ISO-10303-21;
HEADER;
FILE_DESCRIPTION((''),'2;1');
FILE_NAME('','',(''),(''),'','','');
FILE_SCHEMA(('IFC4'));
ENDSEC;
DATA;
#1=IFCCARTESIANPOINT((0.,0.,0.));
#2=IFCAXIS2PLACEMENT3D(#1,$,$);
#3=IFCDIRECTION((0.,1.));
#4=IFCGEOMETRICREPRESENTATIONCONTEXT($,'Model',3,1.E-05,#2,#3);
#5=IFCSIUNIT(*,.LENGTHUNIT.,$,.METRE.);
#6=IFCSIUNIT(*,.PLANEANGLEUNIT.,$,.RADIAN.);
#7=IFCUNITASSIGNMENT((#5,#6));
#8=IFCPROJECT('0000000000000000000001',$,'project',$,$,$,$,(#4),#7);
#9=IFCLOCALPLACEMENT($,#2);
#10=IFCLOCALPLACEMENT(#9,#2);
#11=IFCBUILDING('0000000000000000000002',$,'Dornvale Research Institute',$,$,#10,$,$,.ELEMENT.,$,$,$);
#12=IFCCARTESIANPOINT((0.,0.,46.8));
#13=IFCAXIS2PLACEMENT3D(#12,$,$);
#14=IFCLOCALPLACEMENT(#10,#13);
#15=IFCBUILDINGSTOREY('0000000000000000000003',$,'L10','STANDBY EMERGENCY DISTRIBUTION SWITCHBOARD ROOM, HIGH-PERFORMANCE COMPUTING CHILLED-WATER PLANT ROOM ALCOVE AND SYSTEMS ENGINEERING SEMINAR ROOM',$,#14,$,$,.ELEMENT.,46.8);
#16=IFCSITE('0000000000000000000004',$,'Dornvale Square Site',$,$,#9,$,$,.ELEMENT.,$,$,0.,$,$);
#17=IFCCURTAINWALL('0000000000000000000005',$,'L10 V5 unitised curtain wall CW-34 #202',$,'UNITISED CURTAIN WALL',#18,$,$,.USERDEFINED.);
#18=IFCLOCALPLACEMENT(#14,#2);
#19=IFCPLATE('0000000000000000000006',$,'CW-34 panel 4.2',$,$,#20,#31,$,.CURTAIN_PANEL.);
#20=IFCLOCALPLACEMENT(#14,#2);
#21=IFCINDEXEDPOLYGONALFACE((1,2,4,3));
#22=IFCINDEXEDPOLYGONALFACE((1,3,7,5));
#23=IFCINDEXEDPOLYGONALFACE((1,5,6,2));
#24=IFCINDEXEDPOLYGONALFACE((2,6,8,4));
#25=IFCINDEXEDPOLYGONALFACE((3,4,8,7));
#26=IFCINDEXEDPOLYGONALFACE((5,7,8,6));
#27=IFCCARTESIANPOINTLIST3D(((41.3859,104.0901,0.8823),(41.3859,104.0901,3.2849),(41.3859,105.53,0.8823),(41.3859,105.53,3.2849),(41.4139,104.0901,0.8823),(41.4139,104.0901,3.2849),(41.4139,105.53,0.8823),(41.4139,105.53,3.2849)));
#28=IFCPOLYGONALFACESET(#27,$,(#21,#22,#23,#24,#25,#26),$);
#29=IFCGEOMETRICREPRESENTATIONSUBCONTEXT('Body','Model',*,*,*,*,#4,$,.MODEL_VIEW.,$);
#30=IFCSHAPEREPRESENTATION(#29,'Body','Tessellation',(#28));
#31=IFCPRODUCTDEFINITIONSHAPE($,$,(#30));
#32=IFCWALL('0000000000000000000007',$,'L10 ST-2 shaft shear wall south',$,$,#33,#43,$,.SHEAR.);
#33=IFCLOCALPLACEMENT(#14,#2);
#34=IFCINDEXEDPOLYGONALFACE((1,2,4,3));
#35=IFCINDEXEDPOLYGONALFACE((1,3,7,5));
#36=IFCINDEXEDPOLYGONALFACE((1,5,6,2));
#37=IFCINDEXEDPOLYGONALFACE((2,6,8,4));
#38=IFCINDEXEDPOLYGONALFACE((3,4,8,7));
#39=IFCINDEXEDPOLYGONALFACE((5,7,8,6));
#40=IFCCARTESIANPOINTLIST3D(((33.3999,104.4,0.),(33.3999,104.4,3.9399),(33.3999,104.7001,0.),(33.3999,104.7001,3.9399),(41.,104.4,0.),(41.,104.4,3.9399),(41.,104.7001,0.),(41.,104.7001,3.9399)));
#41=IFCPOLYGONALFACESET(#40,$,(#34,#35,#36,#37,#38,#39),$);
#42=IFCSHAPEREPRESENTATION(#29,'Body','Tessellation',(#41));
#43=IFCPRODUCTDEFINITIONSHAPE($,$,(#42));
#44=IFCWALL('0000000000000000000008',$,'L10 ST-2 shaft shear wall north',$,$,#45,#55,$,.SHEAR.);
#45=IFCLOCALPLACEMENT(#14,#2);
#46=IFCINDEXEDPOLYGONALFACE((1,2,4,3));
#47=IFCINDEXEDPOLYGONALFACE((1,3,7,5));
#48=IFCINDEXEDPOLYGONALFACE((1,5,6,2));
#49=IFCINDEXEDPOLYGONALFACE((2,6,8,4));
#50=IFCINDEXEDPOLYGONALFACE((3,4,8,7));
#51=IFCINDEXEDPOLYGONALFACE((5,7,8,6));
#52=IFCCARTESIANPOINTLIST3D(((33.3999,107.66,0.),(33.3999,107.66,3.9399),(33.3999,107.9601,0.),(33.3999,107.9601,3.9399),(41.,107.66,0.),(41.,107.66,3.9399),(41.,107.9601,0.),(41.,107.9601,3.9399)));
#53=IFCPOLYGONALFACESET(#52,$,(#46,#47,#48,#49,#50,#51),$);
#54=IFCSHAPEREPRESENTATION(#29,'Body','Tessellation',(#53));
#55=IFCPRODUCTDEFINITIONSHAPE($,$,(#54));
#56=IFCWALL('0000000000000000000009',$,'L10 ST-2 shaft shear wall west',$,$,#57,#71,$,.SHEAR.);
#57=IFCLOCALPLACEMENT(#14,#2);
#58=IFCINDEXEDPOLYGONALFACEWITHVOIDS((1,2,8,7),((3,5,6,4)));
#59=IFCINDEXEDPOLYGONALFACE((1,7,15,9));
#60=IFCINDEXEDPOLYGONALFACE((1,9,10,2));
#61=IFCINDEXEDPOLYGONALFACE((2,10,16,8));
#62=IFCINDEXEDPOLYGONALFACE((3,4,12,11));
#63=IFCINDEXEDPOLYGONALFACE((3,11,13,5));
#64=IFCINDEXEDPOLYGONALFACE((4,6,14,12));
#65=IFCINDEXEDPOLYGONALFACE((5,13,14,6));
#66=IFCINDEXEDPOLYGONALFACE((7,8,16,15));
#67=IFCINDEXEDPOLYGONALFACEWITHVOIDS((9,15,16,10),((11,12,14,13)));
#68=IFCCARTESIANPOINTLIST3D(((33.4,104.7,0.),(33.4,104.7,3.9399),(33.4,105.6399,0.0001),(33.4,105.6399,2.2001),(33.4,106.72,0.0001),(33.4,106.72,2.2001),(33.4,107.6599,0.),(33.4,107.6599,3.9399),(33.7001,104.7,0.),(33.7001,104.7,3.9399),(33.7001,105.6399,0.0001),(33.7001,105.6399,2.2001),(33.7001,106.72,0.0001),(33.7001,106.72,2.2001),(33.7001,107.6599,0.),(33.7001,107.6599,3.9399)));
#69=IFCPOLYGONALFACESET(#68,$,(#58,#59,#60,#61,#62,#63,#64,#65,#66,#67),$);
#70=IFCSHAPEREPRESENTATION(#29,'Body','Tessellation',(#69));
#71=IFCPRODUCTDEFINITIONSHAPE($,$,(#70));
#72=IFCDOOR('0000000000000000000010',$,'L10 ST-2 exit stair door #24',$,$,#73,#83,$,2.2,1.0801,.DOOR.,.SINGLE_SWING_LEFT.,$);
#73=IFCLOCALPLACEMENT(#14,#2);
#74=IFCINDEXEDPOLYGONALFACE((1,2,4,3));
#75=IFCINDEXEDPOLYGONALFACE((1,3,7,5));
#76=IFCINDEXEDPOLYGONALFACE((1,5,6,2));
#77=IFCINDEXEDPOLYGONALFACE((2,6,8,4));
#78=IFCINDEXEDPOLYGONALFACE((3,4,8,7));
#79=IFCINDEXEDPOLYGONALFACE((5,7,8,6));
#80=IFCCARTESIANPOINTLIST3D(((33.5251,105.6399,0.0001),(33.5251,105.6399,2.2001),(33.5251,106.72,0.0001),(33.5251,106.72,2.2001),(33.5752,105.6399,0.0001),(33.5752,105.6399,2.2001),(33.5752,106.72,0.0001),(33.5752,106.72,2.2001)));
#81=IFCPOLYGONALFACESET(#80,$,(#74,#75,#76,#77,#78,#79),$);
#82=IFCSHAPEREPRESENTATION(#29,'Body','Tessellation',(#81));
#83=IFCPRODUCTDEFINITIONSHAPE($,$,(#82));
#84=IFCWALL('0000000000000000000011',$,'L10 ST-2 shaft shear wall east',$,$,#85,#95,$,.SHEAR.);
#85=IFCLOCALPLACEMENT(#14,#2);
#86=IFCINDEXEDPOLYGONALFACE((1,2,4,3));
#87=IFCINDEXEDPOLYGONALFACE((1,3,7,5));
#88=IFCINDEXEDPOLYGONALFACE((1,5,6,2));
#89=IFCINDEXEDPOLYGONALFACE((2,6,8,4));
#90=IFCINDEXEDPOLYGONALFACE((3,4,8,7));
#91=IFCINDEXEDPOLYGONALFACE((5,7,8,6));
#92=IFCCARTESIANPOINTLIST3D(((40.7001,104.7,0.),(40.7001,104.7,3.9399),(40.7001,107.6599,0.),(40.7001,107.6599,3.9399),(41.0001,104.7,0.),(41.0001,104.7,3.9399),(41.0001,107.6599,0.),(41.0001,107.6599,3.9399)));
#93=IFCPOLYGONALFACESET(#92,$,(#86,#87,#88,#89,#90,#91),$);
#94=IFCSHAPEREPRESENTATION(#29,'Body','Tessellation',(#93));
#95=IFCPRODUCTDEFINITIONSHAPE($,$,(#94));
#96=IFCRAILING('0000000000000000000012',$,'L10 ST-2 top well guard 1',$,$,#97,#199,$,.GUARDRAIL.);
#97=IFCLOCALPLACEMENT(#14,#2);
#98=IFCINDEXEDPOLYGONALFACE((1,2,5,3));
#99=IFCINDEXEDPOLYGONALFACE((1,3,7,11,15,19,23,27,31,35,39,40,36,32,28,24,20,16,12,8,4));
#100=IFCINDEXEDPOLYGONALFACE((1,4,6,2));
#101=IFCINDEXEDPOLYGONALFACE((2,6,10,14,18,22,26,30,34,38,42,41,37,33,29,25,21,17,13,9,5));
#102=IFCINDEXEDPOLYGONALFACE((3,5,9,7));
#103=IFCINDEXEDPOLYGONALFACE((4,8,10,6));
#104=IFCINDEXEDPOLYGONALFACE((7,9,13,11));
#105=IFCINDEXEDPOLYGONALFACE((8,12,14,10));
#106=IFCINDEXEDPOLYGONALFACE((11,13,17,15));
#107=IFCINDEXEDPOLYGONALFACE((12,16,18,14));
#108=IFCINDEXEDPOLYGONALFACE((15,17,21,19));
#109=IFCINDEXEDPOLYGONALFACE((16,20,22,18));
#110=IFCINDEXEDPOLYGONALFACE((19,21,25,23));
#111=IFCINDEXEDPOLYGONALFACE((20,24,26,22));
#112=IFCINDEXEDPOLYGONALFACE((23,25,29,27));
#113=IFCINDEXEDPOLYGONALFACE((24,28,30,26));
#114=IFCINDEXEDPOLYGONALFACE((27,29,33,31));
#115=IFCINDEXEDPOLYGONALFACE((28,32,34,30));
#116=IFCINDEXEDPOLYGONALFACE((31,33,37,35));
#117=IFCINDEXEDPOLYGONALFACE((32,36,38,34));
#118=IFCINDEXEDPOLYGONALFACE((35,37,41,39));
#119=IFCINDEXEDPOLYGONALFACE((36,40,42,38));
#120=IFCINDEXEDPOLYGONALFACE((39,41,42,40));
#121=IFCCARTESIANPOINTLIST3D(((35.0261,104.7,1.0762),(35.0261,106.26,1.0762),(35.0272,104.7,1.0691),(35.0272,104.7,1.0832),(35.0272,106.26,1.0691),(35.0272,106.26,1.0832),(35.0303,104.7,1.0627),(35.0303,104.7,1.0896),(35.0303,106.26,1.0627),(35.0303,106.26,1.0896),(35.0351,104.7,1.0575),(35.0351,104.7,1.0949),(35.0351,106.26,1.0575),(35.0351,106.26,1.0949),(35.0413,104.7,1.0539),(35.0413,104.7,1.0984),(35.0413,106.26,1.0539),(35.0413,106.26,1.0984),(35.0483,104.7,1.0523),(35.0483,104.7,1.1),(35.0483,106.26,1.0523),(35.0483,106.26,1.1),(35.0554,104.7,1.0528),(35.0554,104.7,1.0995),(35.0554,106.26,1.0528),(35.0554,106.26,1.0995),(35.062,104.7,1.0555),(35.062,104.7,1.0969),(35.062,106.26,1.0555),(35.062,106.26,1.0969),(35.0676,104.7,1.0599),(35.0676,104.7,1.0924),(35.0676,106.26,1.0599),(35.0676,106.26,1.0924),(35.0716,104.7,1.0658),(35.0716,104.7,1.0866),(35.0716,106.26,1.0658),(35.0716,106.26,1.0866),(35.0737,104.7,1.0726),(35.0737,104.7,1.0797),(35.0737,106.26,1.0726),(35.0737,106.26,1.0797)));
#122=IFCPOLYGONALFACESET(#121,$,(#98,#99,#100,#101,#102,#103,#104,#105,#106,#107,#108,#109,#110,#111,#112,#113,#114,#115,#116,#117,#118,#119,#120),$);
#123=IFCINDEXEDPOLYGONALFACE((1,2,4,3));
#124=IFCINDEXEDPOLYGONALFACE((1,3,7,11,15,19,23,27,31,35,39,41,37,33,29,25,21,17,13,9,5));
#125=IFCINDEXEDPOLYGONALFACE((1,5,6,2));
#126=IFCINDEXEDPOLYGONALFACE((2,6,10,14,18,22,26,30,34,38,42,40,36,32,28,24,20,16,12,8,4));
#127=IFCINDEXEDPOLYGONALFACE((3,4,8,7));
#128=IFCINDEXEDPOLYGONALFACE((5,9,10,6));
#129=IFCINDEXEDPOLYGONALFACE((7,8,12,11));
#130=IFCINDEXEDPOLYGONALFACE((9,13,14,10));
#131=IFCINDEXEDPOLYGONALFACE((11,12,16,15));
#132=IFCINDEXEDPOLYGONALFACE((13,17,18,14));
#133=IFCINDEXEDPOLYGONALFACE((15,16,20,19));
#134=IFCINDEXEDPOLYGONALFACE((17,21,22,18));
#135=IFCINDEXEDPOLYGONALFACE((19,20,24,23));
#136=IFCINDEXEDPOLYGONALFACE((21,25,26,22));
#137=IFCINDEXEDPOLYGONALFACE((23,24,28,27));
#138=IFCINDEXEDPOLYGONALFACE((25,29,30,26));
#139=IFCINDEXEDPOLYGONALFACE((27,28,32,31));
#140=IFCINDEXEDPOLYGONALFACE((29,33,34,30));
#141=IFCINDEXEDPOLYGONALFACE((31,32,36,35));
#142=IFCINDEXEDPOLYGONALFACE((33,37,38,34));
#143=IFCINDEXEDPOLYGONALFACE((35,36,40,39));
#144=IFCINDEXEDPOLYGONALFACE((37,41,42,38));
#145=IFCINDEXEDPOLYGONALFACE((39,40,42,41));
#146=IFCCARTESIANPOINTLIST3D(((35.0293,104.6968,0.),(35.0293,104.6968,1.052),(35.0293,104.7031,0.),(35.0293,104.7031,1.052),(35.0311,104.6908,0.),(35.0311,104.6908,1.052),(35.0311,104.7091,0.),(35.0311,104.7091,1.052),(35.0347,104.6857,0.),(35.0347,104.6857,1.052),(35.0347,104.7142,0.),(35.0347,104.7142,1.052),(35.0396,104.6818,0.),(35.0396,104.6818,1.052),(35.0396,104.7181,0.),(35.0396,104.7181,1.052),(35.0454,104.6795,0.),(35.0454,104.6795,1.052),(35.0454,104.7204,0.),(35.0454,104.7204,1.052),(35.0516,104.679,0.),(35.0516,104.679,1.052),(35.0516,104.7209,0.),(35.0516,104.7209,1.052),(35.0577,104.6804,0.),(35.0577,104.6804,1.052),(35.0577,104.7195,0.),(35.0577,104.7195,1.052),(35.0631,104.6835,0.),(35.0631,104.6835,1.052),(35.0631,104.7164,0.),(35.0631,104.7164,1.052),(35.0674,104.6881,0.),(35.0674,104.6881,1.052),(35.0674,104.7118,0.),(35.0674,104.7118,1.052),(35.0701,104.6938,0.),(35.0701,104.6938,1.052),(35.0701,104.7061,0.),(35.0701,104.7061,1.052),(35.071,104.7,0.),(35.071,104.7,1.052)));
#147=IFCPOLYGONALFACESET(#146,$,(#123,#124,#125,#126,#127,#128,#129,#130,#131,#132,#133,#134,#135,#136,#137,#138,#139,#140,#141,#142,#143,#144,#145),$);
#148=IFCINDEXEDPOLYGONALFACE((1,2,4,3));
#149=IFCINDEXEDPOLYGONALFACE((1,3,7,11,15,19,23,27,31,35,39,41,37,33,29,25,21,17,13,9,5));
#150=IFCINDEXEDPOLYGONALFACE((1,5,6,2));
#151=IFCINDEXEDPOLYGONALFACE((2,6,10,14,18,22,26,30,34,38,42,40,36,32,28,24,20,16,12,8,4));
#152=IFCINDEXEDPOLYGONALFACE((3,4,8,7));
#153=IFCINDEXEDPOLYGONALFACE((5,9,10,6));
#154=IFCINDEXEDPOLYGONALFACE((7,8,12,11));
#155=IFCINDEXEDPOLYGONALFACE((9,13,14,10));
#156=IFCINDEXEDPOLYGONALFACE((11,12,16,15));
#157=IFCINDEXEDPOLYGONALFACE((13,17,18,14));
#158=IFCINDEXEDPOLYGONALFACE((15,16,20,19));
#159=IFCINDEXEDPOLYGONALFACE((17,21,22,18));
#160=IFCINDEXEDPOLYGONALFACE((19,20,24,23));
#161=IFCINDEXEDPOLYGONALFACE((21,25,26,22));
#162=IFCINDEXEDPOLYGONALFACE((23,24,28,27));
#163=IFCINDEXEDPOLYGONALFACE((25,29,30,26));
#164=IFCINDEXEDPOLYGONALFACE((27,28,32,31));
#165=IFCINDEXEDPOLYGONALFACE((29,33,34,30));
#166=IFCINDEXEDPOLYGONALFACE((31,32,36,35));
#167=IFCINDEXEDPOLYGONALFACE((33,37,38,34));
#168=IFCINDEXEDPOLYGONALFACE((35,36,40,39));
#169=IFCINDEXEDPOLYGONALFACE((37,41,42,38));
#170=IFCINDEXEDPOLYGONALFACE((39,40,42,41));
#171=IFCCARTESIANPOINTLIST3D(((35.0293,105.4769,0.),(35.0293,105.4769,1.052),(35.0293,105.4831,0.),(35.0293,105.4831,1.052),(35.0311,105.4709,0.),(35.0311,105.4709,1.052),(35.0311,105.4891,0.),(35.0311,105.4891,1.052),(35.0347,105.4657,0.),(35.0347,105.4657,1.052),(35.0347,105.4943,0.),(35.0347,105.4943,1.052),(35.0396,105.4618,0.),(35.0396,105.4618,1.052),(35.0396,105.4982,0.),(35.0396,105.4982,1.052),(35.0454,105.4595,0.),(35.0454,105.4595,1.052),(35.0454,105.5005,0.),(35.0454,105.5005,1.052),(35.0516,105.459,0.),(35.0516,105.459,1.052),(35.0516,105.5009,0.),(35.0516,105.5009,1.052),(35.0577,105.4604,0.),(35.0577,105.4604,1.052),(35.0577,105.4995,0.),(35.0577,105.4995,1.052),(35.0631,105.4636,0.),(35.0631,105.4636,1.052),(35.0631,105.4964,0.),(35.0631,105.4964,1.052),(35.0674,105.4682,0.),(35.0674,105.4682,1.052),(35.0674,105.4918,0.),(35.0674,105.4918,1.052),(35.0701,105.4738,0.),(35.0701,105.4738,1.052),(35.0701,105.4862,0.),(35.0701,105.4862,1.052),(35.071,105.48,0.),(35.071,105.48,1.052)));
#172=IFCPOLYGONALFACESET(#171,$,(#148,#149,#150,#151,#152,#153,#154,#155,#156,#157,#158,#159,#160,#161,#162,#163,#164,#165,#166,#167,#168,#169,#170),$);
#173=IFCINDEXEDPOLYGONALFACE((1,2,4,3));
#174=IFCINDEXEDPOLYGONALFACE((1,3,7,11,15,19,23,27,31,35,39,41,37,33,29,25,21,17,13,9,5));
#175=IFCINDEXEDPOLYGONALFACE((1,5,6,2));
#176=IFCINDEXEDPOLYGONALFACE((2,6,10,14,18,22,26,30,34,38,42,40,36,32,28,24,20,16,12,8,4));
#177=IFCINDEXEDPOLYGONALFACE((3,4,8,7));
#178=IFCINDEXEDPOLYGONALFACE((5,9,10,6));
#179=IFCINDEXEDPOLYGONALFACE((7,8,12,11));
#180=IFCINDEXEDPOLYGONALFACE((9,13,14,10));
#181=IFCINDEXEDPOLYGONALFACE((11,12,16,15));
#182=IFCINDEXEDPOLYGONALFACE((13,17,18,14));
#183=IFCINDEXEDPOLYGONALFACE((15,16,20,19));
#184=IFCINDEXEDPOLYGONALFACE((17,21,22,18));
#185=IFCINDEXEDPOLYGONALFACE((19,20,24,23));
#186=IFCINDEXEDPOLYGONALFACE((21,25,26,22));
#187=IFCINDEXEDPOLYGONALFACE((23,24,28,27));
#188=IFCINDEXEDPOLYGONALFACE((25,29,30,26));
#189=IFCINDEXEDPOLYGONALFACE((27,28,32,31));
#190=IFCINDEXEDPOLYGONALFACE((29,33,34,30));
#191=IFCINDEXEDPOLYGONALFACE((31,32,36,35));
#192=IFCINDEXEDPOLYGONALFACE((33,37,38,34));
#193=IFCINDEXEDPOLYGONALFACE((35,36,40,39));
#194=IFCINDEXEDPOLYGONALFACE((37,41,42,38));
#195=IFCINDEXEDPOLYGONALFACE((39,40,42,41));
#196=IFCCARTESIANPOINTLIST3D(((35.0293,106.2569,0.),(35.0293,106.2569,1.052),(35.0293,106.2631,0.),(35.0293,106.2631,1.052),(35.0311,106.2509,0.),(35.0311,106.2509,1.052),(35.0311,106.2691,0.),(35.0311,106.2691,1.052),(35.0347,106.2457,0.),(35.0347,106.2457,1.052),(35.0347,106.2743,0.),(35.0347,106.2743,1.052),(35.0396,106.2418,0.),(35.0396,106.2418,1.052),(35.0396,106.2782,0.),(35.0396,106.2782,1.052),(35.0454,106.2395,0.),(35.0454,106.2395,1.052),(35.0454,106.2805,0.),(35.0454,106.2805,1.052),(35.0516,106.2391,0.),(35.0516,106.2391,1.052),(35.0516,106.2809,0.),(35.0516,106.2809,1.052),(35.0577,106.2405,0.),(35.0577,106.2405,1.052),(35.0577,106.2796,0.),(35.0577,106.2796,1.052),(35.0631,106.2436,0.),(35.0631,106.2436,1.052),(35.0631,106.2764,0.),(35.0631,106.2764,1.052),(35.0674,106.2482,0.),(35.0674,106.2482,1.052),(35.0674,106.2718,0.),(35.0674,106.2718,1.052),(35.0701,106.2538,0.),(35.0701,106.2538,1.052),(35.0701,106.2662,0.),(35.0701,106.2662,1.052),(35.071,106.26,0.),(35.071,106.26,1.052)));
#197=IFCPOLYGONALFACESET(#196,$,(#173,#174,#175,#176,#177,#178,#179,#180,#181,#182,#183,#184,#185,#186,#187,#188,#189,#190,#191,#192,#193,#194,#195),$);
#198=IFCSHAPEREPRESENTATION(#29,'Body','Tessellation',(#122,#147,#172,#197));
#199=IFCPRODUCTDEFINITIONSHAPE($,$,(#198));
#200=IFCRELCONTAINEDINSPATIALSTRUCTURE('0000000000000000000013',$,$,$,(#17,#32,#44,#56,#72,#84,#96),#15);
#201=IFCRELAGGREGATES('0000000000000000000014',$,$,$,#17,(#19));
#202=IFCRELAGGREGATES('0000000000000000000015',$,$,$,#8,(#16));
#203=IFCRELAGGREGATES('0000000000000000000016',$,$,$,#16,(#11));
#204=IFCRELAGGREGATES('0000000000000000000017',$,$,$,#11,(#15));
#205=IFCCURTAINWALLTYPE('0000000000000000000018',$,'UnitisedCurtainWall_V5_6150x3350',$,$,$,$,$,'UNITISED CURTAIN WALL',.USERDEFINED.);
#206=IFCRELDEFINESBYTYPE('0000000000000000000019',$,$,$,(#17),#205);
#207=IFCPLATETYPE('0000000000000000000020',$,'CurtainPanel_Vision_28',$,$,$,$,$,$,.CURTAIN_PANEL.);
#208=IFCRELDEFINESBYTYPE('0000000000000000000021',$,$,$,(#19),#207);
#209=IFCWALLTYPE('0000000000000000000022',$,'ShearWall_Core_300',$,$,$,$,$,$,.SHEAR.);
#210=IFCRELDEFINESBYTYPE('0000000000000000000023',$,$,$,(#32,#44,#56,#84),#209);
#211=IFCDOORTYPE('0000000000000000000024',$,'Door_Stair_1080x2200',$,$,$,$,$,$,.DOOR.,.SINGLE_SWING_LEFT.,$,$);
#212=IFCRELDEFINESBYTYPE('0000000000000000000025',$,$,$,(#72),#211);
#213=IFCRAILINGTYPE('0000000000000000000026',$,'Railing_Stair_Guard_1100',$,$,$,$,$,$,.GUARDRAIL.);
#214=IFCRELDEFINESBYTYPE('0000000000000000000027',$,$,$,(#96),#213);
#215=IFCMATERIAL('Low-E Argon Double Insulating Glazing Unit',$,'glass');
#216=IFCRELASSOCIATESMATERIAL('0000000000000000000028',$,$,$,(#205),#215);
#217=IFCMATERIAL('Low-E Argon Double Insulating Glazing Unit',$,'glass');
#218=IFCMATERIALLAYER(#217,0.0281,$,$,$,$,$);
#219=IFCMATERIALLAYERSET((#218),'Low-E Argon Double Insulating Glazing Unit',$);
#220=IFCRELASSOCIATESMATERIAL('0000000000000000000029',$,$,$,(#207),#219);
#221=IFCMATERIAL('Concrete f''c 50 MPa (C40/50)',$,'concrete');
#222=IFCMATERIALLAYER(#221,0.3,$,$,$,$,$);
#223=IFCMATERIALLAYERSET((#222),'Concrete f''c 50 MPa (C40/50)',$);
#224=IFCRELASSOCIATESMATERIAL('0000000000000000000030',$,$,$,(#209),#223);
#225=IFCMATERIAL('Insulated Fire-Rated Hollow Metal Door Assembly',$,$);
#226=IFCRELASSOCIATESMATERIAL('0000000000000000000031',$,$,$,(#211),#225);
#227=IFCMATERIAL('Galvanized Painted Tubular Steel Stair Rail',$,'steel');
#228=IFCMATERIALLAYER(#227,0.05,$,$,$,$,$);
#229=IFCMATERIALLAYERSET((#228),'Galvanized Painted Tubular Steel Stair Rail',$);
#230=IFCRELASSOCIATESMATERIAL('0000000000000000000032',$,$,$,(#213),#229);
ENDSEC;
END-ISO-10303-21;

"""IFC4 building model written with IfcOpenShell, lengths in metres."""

from ifc_helpers import new_model, si_unit, direction, frame, frame_2d, origin, origin_2d, place, context, subcontext, project, spatial, rectangle, circle, extrude, material, layer, layer_set, type_object, element, fill, aggregate, save


model = new_model("IFC4")

# Units and contexts
model_context = context("Model", 3, precision=1e-05, world=origin(), true_north=direction((0.0, 1.0)))
body_context = subcontext(model_context, "Body", "Model", "MODEL_VIEW")
ifc_project = project(units=[si_unit("LENGTHUNIT", "METRE"), si_unit("PLANEANGLEUNIT", "RADIAN")], contexts=[model_context])

# Site, building, storey
site_placement = place(None, origin())
site = spatial("IfcSite", under=ifc_project, at=site_placement, Name="Dornvale Square Site", CompositionType="ELEMENT", RefElevation=0.0)
building_placement = place(site_placement, origin())
building = spatial("IfcBuilding", under=site, at=building_placement, Name="Dornvale Research Institute", CompositionType="ELEMENT")
storey_placement = place(building_placement, frame((0.0, 0.0, 46.8)))
storey = spatial("IfcBuildingStorey", under=building, at=storey_placement, Name="L10", Description="STANDBY EMERGENCY DISTRIBUTION SWITCHBOARD ROOM, HIGH-PERFORMANCE COMPUTING CHILLED-WATER PLANT ROOM ALCOVE AND SYSTEMS ENGINEERING SEMINAR ROOM", CompositionType="ELEMENT", Elevation=46.8)

# Curtain wall, plate
ifc_material_1 = material(Name="Low-E Argon Double Insulating Glazing Unit", Category="glass")
curtain_wall_type = type_object("IfcCurtainWallType", Name="UnitisedCurtainWall_V5_6150x3350", ElementType="UNITISED CURTAIN WALL", PredefinedType="USERDEFINED", material=ifc_material_1)
curtain_wall_placement = place(storey_placement, origin())
curtain_wall = element("IfcCurtainWall", 1, at=curtain_wall_placement, inside=storey, type_object=curtain_wall_type, Name="L10 V5 unitised curtain wall CW-34 #202", ObjectType="UNITISED CURTAIN WALL", PredefinedType="USERDEFINED")
ifc_material_2 = material(Name="Low-E Argon Double Insulating Glazing Unit", Category="glass")
ifc_layer_1 = layer(ifc_material_2, 0.0281)
ifc_layer_set_1 = layer_set([ifc_layer_1], Name="Low-E Argon Double Insulating Glazing Unit")
plate_type_1 = type_object("IfcPlateType", Name="CurtainPanel_Vision_28", PredefinedType="CURTAIN_PANEL", material=ifc_layer_set_1)
plate_1_placement = place(storey_placement, frame((41.3999, 104.8101, 0.8823), z_axis=(0.0, 0.0, 1.0), x_axis=(0.0, -1.0, 0.0)))
plate_1 = element("IfcPlate", 2, at=plate_1_placement, type_object=plate_type_1, Name="CW-34 panel 4.2", PredefinedType="CURTAIN_PANEL", context=body_context, shape_type="SweptSolid", body=[
    extrude(rectangle(XDim=1.4399, YDim=0.0281, at=origin_2d()), origin(), (0.0, 0.0, 1.0), 2.4026),
])
aggregate(curtain_wall, [plate_1])

# Walls
ifc_material_3 = material(Name="Concrete f'c 50 MPa (C40/50)", Category="concrete")
ifc_layer_2 = layer(ifc_material_3, 0.3)
ifc_layer_set_2 = layer_set([ifc_layer_2], Name="Concrete f'c 50 MPa (C40/50)")
wall_type = type_object("IfcWallType", Name="ShearWall_Core_300", PredefinedType="SHEAR", material=ifc_layer_set_2)
for number, where, z_axis, x_axis, name in (
    (3, (33.3999, 104.55, 0.0), (0.0, 0.0, 1.0), (1.0, 0.0, 0.0), "L10 ST-2 shaft shear wall south"),
    (4, (33.3999, 107.8101, 0.0), (0.0, 0.0, 1.0), (1.0, 0.0, 0.0), "L10 ST-2 shaft shear wall north"),
):
    element("IfcWall", number, at=place(storey_placement, frame(where, z_axis=z_axis, x_axis=x_axis)), inside=storey, type_object=wall_type, Name=name, PredefinedType="SHEAR", context=body_context, shape_type="SweptSolid", body=[
        extrude(rectangle(XDim=7.6001, YDim=0.3, at=frame_2d((3.8, 0.0))), origin(), (0.0, 0.0, 1.0), 3.9399),
    ])

# Wall, opening, door
wall_1_placement = place(storey_placement, frame((33.55, 104.7, 0.0), z_axis=(0.0, 0.0, 1.0), x_axis=(0.0, 1.0, 0.0)))
wall_1 = element("IfcWall", 5, at=wall_1_placement, inside=storey, type_object=wall_type, Name="L10 ST-2 shaft shear wall west", PredefinedType="SHEAR", context=body_context, shape_type="SweptSolid", body=[
    extrude(rectangle(XDim=2.96, YDim=0.3, at=frame_2d((1.48, 0.0))), origin(), (0.0, 0.0, 1.0), 3.9399),
])
opening_placement = place(wall_1_placement, frame((0.9399, 0.0, 0.0)))
opening = element("IfcOpeningElement", 6, at=opening_placement, cuts=wall_1, PredefinedType="OPENING", context=body_context, shape_type="SweptSolid", body=[
    extrude(rectangle(XDim=1.0801, YDim=2.2, at=frame_2d((0.54, 1.1001))), frame((0.0, 0.165, 0.0), z_axis=(0.0, -1.0, 0.0), x_axis=(1.0, 0.0, 0.0)), (0.0, 0.0, 1.0), 0.3301),
])
ifc_material_4 = material(Name="Insulated Fire-Rated Hollow Metal Door Assembly")
door_type = type_object("IfcDoorType", Name="Door_Stair_1080x2200", OperationType="SINGLE_SWING_LEFT", PredefinedType="DOOR", material=ifc_material_4)
door_placement = place(opening_placement, origin())
door = element("IfcDoor", 7, at=door_placement, inside=storey, type_object=door_type, Name="L10 ST-2 exit stair door #24", OperationType="SINGLE_SWING_LEFT", OverallHeight=2.2, OverallWidth=1.0801, PredefinedType="DOOR", context=body_context, shape_type="SweptSolid", body=[
    extrude(rectangle(XDim=1.0801, YDim=2.2, at=frame_2d((0.54, 1.1001))), frame((0.0, 0.0249, 0.0), z_axis=(0.0, -1.0, 0.0), x_axis=(1.0, 0.0, 0.0)), (0.0, 0.0, 1.0), 0.05),
])
fill(opening, door)

# Wall
wall_2_placement = place(storey_placement, frame((40.8501, 104.7, 0.0), z_axis=(0.0, 0.0, 1.0), x_axis=(0.0, 1.0, 0.0)))
element("IfcWall", 8, at=wall_2_placement, inside=storey, type_object=wall_type, Name="L10 ST-2 shaft shear wall east", PredefinedType="SHEAR", context=body_context, shape_type="SweptSolid", body=[
    extrude(rectangle(XDim=2.96, YDim=0.3, at=frame_2d((1.48, 0.0))), origin(), (0.0, 0.0, 1.0), 3.9399),
])

# Railing
ifc_material_5 = material(Name="Galvanized Painted Tubular Steel Stair Rail", Category="steel")
ifc_layer_3 = layer(ifc_material_5, 0.05)
ifc_layer_set_3 = layer_set([ifc_layer_3], Name="Galvanized Painted Tubular Steel Stair Rail")
railing_type = type_object("IfcRailingType", Name="Railing_Stair_Guard_1100", PredefinedType="GUARDRAIL", material=ifc_layer_set_3)
railing_placement = place(storey_placement, frame((35.05, 104.7, 0.0)))
element("IfcRailing", 9, at=railing_placement, inside=storey, type_object=railing_type, Name="L10 ST-2 top well guard 1", PredefinedType="GUARDRAIL", context=body_context, shape_type="SweptSolid", body=[
    extrude(circle(Radius=0.0239, at=origin_2d()), frame((0.0, 0.0, 1.0762), z_axis=(0.0, 1.0, 0.0), x_axis=(-1.0, 0.0, 0.0)), (0.0, 0.0, 1.0), 1.5601),
    extrude(circle(Radius=0.021, at=origin_2d()), origin(), (0.0, 0.0, 1.0), 1.052),
    extrude(circle(Radius=0.021, at=origin_2d()), frame((0.0, 0.78, 0.0)), (0.0, 0.0, 1.0), 1.052),
    extrude(circle(Radius=0.021, at=origin_2d()), frame((0.0, 1.5601, 0.0)), (0.0, 0.0, 1.0), 1.052),
])

save(model, "model.ifc")
